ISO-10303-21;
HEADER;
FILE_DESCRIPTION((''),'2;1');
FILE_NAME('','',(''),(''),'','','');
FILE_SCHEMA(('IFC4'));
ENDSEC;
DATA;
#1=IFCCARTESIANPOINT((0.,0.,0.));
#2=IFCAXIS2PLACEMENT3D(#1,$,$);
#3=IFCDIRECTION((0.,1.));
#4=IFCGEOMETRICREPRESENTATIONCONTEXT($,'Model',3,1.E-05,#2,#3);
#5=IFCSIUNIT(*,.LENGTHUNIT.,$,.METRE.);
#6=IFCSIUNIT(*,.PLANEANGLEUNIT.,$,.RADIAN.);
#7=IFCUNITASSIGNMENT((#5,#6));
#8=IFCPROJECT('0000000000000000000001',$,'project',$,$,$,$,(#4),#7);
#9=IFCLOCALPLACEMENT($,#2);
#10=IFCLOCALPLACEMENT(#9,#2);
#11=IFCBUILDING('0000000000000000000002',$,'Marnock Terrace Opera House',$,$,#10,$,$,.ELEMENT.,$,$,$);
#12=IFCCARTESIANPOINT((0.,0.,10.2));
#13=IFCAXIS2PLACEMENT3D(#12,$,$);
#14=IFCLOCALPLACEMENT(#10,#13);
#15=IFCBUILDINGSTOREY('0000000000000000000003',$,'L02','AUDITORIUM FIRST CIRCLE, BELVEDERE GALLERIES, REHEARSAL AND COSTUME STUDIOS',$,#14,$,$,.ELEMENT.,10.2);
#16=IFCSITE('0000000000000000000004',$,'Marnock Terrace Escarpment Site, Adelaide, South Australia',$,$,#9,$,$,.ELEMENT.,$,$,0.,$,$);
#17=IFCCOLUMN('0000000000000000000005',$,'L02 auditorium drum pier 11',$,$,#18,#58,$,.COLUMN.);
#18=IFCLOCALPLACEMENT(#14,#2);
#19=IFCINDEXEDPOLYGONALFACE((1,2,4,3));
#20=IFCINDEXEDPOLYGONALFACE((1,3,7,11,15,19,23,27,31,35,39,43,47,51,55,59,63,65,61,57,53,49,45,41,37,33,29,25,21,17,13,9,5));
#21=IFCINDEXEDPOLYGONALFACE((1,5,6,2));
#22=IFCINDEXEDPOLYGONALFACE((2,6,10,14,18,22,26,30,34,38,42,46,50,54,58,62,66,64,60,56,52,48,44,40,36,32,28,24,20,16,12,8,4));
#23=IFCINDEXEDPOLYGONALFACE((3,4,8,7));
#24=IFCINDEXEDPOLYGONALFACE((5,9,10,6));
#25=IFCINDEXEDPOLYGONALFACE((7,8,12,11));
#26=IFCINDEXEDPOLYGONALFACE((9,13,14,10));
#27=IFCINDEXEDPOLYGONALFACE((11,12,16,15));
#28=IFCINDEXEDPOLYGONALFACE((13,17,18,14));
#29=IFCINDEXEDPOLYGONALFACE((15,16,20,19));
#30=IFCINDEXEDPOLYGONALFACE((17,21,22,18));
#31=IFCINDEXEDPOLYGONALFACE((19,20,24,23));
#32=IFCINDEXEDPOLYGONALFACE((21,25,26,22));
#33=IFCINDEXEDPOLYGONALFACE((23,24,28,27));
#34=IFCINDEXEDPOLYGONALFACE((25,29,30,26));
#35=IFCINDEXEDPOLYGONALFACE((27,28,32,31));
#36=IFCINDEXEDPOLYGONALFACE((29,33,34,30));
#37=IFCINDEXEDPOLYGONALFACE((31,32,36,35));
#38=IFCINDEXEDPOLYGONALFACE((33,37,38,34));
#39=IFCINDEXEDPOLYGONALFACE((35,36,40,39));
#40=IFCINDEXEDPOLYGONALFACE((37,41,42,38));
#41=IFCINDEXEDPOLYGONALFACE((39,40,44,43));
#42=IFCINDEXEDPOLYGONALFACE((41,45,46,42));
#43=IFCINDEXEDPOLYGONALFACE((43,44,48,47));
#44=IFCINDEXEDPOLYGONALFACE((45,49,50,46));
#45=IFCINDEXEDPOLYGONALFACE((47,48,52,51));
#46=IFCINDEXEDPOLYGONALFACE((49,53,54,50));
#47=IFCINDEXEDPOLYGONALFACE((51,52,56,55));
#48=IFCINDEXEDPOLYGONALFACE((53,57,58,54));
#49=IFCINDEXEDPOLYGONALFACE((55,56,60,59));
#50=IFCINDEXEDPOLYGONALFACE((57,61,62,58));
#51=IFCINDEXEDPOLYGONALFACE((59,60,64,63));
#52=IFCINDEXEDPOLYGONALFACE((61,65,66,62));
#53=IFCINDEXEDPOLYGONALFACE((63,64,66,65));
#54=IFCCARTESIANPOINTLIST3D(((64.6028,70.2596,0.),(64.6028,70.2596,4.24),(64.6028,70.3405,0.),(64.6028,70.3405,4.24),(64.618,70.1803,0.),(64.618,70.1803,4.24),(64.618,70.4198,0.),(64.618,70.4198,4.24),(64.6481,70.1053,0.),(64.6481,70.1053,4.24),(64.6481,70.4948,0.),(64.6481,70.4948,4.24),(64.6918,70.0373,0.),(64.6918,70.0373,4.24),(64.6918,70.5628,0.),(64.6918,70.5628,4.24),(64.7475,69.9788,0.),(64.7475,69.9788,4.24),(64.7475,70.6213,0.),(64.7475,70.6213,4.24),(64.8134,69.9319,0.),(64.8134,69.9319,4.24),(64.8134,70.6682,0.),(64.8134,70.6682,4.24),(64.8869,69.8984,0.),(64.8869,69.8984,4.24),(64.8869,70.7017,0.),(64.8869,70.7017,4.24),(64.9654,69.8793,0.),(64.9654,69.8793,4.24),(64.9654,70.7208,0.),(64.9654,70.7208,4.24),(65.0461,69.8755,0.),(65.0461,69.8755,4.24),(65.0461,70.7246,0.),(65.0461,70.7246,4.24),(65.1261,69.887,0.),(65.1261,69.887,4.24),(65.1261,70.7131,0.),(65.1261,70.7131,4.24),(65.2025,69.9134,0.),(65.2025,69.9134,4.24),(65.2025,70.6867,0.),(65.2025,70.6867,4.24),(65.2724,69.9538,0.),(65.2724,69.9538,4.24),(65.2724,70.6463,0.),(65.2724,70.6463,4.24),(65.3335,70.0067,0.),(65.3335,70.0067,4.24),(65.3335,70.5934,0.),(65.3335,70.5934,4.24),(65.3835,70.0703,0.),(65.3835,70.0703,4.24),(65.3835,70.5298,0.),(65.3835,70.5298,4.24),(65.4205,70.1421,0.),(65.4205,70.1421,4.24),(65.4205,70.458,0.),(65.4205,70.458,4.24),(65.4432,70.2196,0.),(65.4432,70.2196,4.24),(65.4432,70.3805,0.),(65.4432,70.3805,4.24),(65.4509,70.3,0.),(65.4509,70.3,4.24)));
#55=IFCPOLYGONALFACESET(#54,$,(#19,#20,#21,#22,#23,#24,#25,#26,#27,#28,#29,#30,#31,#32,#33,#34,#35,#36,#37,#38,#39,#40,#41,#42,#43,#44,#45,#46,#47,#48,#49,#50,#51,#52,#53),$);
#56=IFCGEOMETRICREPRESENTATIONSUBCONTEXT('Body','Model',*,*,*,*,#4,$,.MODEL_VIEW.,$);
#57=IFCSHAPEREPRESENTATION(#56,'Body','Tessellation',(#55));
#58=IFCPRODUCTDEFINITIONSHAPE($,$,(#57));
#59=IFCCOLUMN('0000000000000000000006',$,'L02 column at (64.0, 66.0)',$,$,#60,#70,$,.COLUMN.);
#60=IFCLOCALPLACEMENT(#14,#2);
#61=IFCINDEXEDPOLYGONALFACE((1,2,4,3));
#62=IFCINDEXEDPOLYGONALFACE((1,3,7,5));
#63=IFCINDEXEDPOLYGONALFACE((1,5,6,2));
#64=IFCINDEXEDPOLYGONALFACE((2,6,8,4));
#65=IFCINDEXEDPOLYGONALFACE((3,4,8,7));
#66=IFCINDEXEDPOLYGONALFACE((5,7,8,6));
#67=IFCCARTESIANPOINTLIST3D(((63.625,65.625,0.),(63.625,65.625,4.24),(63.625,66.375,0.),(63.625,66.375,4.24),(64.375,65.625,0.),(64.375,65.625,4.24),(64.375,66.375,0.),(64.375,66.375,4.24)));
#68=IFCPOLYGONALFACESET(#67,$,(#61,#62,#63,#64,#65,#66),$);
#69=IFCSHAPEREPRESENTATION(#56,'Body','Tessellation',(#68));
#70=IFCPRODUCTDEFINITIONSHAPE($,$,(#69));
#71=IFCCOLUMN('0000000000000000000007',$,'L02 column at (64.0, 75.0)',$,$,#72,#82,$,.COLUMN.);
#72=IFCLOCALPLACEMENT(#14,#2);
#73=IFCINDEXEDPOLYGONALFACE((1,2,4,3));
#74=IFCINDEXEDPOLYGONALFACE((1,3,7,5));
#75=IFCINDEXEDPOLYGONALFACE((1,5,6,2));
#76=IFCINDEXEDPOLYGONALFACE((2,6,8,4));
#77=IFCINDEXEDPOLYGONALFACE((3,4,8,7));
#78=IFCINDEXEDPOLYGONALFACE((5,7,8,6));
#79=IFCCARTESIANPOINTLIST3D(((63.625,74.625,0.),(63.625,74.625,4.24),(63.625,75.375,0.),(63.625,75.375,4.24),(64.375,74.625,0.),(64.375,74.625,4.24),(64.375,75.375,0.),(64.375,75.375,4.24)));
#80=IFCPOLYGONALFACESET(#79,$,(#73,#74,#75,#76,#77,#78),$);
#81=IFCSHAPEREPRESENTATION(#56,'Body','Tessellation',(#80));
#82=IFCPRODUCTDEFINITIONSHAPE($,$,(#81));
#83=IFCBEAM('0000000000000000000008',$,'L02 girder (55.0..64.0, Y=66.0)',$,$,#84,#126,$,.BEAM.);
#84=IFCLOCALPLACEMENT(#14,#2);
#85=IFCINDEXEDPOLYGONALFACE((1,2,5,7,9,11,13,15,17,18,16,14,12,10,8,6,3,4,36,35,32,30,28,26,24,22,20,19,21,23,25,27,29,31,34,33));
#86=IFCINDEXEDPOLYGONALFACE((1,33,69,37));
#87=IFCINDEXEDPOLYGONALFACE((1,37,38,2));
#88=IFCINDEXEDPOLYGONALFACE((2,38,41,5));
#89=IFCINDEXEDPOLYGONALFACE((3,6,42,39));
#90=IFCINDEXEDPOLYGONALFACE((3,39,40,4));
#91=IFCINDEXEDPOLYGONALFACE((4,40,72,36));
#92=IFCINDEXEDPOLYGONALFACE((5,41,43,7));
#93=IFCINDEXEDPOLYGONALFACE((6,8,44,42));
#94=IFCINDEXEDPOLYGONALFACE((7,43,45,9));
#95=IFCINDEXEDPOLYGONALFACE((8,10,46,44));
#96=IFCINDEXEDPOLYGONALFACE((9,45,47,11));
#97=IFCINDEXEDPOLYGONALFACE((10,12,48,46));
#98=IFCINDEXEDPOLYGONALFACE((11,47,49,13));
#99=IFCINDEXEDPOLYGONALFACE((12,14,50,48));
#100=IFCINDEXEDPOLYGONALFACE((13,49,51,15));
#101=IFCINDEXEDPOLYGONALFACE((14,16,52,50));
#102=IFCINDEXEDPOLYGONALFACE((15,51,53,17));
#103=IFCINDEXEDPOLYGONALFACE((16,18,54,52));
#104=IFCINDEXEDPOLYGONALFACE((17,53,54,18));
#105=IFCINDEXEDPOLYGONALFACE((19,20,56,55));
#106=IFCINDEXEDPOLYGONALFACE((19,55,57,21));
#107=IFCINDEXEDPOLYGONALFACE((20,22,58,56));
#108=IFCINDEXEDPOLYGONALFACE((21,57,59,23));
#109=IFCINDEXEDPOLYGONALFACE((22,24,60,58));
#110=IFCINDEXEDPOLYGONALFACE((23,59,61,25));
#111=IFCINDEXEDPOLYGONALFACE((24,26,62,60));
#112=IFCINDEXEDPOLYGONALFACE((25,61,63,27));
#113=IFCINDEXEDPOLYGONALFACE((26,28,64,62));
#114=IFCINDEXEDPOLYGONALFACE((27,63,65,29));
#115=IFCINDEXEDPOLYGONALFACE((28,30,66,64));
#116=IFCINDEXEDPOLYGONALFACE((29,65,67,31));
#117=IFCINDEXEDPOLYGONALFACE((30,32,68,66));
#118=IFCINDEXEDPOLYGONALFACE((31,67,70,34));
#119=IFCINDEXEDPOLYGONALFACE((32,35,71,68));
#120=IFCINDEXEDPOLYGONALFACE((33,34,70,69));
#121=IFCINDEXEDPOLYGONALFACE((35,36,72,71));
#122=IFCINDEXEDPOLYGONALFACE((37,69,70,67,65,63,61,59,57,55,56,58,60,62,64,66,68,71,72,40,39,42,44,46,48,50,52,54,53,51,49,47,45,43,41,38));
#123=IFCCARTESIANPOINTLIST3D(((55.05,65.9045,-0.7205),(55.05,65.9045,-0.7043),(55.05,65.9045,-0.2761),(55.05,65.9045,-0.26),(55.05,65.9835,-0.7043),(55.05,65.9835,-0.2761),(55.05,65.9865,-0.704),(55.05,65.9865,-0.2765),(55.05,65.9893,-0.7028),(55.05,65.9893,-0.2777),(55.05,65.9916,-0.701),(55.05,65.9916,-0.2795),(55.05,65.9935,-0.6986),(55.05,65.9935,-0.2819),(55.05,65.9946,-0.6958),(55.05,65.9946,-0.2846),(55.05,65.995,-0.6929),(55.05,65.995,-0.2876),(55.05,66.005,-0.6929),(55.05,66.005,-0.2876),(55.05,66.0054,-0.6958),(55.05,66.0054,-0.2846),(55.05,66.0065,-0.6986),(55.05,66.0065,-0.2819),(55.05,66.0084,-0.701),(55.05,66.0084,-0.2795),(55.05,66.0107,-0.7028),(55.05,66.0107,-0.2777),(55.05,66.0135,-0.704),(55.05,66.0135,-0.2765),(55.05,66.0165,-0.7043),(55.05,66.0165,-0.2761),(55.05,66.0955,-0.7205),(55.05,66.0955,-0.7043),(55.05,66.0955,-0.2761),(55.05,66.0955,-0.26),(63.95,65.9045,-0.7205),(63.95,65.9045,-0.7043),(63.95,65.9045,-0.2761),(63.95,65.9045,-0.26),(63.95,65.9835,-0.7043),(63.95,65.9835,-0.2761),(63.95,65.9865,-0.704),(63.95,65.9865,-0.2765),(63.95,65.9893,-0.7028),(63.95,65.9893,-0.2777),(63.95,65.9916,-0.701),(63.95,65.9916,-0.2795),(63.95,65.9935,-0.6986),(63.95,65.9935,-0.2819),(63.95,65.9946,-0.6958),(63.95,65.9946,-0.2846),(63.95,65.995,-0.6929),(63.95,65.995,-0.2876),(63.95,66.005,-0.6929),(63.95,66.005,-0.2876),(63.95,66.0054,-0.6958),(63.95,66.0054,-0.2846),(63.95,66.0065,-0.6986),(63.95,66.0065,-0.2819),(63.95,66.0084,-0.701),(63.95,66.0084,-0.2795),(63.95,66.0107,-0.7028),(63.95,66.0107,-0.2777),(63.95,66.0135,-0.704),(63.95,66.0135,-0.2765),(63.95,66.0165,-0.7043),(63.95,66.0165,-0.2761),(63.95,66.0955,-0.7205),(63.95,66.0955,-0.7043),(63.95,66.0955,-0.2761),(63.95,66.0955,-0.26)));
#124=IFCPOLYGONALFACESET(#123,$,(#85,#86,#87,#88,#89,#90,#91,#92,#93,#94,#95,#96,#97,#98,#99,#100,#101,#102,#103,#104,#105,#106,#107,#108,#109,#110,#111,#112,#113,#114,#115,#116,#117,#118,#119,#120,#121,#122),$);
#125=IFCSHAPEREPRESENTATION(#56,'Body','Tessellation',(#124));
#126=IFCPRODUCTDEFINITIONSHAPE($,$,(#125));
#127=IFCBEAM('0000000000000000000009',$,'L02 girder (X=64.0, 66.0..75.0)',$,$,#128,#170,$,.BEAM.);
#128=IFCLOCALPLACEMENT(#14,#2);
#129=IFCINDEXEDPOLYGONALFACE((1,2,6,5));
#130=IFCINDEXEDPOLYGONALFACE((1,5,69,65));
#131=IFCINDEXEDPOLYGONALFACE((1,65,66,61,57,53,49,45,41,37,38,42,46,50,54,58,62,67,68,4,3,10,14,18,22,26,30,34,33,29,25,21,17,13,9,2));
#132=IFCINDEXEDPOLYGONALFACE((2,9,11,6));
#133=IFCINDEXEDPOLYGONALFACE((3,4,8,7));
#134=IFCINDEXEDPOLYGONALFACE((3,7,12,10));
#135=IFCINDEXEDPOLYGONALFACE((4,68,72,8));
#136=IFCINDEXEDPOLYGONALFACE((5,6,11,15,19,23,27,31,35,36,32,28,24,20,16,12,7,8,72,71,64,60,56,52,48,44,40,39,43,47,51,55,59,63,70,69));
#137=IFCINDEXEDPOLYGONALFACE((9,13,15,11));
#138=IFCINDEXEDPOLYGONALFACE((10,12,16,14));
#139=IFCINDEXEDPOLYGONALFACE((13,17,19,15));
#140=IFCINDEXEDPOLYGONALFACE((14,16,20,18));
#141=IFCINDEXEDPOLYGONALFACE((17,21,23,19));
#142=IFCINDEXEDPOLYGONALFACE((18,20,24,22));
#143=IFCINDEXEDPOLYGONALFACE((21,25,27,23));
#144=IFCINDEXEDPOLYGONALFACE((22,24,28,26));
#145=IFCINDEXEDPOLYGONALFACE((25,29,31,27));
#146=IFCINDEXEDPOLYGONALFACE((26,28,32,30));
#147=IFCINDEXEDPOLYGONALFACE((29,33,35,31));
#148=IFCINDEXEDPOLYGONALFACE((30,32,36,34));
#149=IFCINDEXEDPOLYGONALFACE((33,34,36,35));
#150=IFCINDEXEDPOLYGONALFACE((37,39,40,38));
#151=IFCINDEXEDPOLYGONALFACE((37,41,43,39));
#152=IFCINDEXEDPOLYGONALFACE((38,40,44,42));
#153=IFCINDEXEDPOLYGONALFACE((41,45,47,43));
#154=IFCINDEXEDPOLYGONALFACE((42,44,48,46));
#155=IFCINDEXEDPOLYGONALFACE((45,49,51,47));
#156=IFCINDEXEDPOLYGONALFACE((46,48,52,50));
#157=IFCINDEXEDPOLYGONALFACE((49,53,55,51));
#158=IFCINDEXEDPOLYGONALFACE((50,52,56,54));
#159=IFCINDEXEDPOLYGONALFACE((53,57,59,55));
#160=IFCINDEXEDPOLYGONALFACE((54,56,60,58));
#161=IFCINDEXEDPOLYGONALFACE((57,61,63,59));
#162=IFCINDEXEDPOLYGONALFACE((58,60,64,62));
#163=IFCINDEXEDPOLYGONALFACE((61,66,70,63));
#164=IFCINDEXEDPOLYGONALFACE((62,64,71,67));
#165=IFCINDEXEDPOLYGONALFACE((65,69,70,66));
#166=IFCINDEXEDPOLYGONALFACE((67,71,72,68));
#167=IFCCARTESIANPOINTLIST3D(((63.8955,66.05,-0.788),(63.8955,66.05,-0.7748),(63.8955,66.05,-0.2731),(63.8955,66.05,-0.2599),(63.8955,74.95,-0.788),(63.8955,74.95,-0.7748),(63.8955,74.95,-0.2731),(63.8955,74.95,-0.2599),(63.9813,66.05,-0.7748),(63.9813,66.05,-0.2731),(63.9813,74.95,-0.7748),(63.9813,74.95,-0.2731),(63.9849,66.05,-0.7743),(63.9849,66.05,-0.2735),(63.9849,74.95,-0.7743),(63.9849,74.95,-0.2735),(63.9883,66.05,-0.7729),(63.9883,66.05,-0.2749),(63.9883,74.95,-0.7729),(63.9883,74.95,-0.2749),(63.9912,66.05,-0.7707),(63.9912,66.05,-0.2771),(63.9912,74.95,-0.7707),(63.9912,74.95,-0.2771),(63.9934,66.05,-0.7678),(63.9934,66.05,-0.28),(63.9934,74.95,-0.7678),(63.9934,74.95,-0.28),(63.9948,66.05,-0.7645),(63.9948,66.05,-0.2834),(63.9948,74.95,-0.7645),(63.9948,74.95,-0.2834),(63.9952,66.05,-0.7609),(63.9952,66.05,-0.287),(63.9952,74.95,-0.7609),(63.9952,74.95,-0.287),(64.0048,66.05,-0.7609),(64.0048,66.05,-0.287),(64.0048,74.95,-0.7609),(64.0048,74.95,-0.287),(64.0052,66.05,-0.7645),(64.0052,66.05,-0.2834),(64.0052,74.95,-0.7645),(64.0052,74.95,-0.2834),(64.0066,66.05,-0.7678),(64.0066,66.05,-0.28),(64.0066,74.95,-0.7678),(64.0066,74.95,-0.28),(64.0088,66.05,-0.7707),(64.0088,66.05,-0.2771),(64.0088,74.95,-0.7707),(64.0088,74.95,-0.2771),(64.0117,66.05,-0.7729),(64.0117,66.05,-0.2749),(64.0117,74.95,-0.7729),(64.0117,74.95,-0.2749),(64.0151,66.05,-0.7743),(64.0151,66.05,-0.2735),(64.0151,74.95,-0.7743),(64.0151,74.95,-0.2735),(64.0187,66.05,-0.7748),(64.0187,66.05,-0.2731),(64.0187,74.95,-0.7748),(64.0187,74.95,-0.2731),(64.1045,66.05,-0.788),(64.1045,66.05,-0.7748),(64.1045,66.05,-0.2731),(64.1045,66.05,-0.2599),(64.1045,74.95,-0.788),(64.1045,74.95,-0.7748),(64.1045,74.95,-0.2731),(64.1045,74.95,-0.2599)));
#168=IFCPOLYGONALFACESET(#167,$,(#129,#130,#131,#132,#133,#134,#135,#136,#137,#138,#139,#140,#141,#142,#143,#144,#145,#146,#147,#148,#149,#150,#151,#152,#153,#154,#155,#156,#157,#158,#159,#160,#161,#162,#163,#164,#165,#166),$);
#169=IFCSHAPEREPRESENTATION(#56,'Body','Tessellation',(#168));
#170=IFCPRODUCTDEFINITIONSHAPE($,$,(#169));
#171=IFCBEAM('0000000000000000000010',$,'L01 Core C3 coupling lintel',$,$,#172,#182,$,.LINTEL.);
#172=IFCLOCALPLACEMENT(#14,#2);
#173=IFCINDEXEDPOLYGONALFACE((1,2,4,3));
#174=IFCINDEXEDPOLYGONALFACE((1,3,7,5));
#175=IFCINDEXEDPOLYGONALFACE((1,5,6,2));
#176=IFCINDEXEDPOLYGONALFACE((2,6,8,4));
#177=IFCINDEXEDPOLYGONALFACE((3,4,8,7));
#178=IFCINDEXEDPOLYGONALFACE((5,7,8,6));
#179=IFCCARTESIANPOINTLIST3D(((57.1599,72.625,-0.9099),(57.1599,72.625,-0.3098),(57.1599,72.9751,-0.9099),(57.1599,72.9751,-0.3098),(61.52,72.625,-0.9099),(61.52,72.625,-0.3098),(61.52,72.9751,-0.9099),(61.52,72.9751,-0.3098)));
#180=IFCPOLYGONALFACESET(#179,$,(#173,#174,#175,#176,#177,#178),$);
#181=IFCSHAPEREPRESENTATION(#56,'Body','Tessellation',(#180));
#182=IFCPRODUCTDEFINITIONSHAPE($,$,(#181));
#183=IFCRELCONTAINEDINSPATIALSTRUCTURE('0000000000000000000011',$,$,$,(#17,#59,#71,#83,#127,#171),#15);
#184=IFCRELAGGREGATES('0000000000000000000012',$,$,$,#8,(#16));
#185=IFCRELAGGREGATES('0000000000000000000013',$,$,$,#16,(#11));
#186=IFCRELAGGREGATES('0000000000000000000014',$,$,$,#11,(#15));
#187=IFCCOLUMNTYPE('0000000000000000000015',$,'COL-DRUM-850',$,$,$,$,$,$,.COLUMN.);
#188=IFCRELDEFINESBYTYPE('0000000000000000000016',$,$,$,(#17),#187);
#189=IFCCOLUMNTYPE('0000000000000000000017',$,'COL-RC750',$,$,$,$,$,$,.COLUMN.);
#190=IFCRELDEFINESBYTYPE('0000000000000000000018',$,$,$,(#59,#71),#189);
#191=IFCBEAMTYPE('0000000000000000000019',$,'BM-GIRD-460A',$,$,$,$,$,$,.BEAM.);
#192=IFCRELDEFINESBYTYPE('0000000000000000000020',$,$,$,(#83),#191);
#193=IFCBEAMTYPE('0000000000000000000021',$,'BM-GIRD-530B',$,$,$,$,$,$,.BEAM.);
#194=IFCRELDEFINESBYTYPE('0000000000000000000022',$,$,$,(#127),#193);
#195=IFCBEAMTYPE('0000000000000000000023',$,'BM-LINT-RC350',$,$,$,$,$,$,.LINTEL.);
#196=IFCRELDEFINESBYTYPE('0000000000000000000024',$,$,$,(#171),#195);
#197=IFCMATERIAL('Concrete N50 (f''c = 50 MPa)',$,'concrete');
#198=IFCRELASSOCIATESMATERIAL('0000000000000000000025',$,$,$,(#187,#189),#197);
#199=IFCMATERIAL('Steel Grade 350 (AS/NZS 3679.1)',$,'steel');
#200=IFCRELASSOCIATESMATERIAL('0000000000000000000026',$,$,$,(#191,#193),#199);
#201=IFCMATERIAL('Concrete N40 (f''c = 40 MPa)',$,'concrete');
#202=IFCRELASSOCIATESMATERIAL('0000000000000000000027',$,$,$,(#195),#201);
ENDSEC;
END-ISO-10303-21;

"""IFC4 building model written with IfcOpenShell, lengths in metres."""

from ifc_helpers import new_model, si_unit, direction, frame, origin, origin_2d, place, context, subcontext, project, spatial, rectangle, circle, i_section, extrude, material, material_profile, profile_set, type_object, element, save


model = new_model("IFC4")

# Units and contexts
model_context = context("Model", 3, precision=1e-05, world=origin(), true_north=direction((0.0, 1.0)))
body_context = subcontext(model_context, "Body", "Model", "MODEL_VIEW")
ifc_project = project(units=[si_unit("LENGTHUNIT", "METRE"), si_unit("PLANEANGLEUNIT", "RADIAN")], contexts=[model_context])

# Site, building, storey
site_placement = place(None, origin())
site = spatial("IfcSite", under=ifc_project, at=site_placement, Name="Marnock Terrace Escarpment Site, Adelaide, South Australia", CompositionType="ELEMENT", RefElevation=0.0)
building_placement = place(site_placement, origin())
building = spatial("IfcBuilding", under=site, at=building_placement, Name="Marnock Terrace Opera House", CompositionType="ELEMENT")
storey_placement = place(building_placement, frame((0.0, 0.0, 10.2)))
storey = spatial("IfcBuildingStorey", under=building, at=storey_placement, Name="L02", Description="AUDITORIUM FIRST CIRCLE, BELVEDERE GALLERIES, REHEARSAL AND COSTUME STUDIOS", CompositionType="ELEMENT", Elevation=10.2)

# Columns
ifc_material_1 = material(Name="Concrete N50 (f'c = 50 MPa)", Category="concrete")
ifc_material_profile_1 = material_profile(ifc_material_1, circle(Radius=0.425, at=origin_2d()))
ifc_profile_set_1 = profile_set([ifc_material_profile_1], Name="Concrete N50 (f'c = 50 MPa)")
column_type_1 = type_object("IfcColumnType", Name="COL-DRUM-850", PredefinedType="COLUMN", material=ifc_profile_set_1)
column_placement = place(storey_placement, frame((65.0259, 70.3, 0.0), z_axis=(0.0, 0.0, 1.0), x_axis=(1.0, 0.0, 0.0)))
element("IfcColumn", 1, at=column_placement, inside=storey, type_object=column_type_1, Name="L02 auditorium drum pier 11", PredefinedType="COLUMN", context=body_context, shape_type="SweptSolid", body=[
    extrude(circle(Radius=0.425, at=origin_2d()), origin(), (0.0, 0.0, 1.0), 4.24),
])
ifc_material_profile_2 = material_profile(ifc_material_1, rectangle(XDim=0.75, YDim=0.75, at=origin_2d()))
ifc_profile_set_2 = profile_set([ifc_material_profile_2], Name="Concrete N50 (f'c = 50 MPa)")
column_type_2 = type_object("IfcColumnType", Name="COL-RC750", PredefinedType="COLUMN", material=ifc_profile_set_2)
for number, where, z_axis, x_axis, name in (
    (2, (64.0, 66.0, 0.0), (0.0, 0.0, 1.0), (1.0, 0.0, 0.0), "L02 column at (64.0, 66.0)"),
    (3, (64.0, 75.0, 0.0), (0.0, 0.0, 1.0), (1.0, 0.0, 0.0), "L02 column at (64.0, 75.0)"),
):
    element("IfcColumn", number, at=place(storey_placement, frame(where, z_axis=z_axis, x_axis=x_axis)), inside=storey, type_object=column_type_2, Name=name, PredefinedType="COLUMN", context=body_context, shape_type="SweptSolid", body=[
        extrude(rectangle(XDim=0.75, YDim=0.75, at=origin_2d()), origin(), (0.0, 0.0, 1.0), 4.24),
    ])

# Beams
ifc_material_2 = material(Name="Steel Grade 350 (AS/NZS 3679.1)", Category="steel")
ifc_material_profile_3 = material_profile(ifc_material_2, i_section(OverallWidth=0.1909, OverallDepth=0.4604, WebThickness=0.01, FlangeThickness=0.0161, FilletRadius=0.0115, at=origin_2d()))
ifc_profile_set_3 = profile_set([ifc_material_profile_3], Name="Steel Grade 350 (AS/NZS 3679.1)")
beam_type_1 = type_object("IfcBeamType", Name="BM-GIRD-460A", PredefinedType="BEAM", material=ifc_profile_set_3)
beam_1_placement = place(storey_placement, frame((55.05, 66.0, -0.4902), z_axis=(1.0, 0.0, 0.0), x_axis=(0.0, 1.0, 0.0)))
element("IfcBeam", 4, at=beam_1_placement, inside=storey, type_object=beam_type_1, Name="L02 girder (55.0..64.0, Y=66.0)", PredefinedType="BEAM", context=body_context, shape_type="SweptSolid", body=[
    extrude(i_section(OverallWidth=0.1909, OverallDepth=0.4604, WebThickness=0.01, FlangeThickness=0.0161, FilletRadius=0.0115, at=origin_2d()), origin(), (0.0, 0.0, 1.0), 8.8999),
])
ifc_material_profile_4 = material_profile(ifc_material_2, i_section(OverallWidth=0.209, OverallDepth=0.5281, WebThickness=0.0095, FlangeThickness=0.0132, FilletRadius=0.0139, at=origin_2d()))
ifc_profile_set_4 = profile_set([ifc_material_profile_4], Name="Steel Grade 350 (AS/NZS 3679.1)")
beam_type_2 = type_object("IfcBeamType", Name="BM-GIRD-530B", PredefinedType="BEAM", material=ifc_profile_set_4)
beam_2_placement = place(storey_placement, frame((64.0, 66.05, -0.5239), z_axis=(0.0, 1.0, 0.0), x_axis=(-1.0, 0.0, 0.0)))
element("IfcBeam", 5, at=beam_2_placement, inside=storey, type_object=beam_type_2, Name="L02 girder (X=64.0, 66.0..75.0)", PredefinedType="BEAM", context=body_context, shape_type="SweptSolid", body=[
    extrude(i_section(OverallWidth=0.209, OverallDepth=0.5281, WebThickness=0.0095, FlangeThickness=0.0132, FilletRadius=0.0139, at=origin_2d()), origin(), (0.0, 0.0, 1.0), 8.8999),
])
ifc_material_3 = material(Name="Concrete N40 (f'c = 40 MPa)", Category="concrete")
ifc_material_profile_5 = material_profile(ifc_material_3, rectangle(XDim=0.3501, YDim=0.6001, at=origin_2d()))
ifc_profile_set_5 = profile_set([ifc_material_profile_5], Name="Concrete N40 (f'c = 40 MPa)")
beam_type_3 = type_object("IfcBeamType", Name="BM-LINT-RC350", PredefinedType="LINTEL", material=ifc_profile_set_5)
beam_3_placement = place(storey_placement, frame((57.1599, 72.8, -0.6099), z_axis=(1.0, 0.0, 0.0), x_axis=(0.0, 1.0, 0.0)))
element("IfcBeam", 6, at=beam_3_placement, inside=storey, type_object=beam_type_3, Name="L01 Core C3 coupling lintel", PredefinedType="LINTEL", context=body_context, shape_type="SweptSolid", body=[
    extrude(rectangle(XDim=0.3501, YDim=0.6001, at=origin_2d()), origin(), (0.0, 0.0, 1.0), 4.3601),
])

save(model, "model.ifc")
